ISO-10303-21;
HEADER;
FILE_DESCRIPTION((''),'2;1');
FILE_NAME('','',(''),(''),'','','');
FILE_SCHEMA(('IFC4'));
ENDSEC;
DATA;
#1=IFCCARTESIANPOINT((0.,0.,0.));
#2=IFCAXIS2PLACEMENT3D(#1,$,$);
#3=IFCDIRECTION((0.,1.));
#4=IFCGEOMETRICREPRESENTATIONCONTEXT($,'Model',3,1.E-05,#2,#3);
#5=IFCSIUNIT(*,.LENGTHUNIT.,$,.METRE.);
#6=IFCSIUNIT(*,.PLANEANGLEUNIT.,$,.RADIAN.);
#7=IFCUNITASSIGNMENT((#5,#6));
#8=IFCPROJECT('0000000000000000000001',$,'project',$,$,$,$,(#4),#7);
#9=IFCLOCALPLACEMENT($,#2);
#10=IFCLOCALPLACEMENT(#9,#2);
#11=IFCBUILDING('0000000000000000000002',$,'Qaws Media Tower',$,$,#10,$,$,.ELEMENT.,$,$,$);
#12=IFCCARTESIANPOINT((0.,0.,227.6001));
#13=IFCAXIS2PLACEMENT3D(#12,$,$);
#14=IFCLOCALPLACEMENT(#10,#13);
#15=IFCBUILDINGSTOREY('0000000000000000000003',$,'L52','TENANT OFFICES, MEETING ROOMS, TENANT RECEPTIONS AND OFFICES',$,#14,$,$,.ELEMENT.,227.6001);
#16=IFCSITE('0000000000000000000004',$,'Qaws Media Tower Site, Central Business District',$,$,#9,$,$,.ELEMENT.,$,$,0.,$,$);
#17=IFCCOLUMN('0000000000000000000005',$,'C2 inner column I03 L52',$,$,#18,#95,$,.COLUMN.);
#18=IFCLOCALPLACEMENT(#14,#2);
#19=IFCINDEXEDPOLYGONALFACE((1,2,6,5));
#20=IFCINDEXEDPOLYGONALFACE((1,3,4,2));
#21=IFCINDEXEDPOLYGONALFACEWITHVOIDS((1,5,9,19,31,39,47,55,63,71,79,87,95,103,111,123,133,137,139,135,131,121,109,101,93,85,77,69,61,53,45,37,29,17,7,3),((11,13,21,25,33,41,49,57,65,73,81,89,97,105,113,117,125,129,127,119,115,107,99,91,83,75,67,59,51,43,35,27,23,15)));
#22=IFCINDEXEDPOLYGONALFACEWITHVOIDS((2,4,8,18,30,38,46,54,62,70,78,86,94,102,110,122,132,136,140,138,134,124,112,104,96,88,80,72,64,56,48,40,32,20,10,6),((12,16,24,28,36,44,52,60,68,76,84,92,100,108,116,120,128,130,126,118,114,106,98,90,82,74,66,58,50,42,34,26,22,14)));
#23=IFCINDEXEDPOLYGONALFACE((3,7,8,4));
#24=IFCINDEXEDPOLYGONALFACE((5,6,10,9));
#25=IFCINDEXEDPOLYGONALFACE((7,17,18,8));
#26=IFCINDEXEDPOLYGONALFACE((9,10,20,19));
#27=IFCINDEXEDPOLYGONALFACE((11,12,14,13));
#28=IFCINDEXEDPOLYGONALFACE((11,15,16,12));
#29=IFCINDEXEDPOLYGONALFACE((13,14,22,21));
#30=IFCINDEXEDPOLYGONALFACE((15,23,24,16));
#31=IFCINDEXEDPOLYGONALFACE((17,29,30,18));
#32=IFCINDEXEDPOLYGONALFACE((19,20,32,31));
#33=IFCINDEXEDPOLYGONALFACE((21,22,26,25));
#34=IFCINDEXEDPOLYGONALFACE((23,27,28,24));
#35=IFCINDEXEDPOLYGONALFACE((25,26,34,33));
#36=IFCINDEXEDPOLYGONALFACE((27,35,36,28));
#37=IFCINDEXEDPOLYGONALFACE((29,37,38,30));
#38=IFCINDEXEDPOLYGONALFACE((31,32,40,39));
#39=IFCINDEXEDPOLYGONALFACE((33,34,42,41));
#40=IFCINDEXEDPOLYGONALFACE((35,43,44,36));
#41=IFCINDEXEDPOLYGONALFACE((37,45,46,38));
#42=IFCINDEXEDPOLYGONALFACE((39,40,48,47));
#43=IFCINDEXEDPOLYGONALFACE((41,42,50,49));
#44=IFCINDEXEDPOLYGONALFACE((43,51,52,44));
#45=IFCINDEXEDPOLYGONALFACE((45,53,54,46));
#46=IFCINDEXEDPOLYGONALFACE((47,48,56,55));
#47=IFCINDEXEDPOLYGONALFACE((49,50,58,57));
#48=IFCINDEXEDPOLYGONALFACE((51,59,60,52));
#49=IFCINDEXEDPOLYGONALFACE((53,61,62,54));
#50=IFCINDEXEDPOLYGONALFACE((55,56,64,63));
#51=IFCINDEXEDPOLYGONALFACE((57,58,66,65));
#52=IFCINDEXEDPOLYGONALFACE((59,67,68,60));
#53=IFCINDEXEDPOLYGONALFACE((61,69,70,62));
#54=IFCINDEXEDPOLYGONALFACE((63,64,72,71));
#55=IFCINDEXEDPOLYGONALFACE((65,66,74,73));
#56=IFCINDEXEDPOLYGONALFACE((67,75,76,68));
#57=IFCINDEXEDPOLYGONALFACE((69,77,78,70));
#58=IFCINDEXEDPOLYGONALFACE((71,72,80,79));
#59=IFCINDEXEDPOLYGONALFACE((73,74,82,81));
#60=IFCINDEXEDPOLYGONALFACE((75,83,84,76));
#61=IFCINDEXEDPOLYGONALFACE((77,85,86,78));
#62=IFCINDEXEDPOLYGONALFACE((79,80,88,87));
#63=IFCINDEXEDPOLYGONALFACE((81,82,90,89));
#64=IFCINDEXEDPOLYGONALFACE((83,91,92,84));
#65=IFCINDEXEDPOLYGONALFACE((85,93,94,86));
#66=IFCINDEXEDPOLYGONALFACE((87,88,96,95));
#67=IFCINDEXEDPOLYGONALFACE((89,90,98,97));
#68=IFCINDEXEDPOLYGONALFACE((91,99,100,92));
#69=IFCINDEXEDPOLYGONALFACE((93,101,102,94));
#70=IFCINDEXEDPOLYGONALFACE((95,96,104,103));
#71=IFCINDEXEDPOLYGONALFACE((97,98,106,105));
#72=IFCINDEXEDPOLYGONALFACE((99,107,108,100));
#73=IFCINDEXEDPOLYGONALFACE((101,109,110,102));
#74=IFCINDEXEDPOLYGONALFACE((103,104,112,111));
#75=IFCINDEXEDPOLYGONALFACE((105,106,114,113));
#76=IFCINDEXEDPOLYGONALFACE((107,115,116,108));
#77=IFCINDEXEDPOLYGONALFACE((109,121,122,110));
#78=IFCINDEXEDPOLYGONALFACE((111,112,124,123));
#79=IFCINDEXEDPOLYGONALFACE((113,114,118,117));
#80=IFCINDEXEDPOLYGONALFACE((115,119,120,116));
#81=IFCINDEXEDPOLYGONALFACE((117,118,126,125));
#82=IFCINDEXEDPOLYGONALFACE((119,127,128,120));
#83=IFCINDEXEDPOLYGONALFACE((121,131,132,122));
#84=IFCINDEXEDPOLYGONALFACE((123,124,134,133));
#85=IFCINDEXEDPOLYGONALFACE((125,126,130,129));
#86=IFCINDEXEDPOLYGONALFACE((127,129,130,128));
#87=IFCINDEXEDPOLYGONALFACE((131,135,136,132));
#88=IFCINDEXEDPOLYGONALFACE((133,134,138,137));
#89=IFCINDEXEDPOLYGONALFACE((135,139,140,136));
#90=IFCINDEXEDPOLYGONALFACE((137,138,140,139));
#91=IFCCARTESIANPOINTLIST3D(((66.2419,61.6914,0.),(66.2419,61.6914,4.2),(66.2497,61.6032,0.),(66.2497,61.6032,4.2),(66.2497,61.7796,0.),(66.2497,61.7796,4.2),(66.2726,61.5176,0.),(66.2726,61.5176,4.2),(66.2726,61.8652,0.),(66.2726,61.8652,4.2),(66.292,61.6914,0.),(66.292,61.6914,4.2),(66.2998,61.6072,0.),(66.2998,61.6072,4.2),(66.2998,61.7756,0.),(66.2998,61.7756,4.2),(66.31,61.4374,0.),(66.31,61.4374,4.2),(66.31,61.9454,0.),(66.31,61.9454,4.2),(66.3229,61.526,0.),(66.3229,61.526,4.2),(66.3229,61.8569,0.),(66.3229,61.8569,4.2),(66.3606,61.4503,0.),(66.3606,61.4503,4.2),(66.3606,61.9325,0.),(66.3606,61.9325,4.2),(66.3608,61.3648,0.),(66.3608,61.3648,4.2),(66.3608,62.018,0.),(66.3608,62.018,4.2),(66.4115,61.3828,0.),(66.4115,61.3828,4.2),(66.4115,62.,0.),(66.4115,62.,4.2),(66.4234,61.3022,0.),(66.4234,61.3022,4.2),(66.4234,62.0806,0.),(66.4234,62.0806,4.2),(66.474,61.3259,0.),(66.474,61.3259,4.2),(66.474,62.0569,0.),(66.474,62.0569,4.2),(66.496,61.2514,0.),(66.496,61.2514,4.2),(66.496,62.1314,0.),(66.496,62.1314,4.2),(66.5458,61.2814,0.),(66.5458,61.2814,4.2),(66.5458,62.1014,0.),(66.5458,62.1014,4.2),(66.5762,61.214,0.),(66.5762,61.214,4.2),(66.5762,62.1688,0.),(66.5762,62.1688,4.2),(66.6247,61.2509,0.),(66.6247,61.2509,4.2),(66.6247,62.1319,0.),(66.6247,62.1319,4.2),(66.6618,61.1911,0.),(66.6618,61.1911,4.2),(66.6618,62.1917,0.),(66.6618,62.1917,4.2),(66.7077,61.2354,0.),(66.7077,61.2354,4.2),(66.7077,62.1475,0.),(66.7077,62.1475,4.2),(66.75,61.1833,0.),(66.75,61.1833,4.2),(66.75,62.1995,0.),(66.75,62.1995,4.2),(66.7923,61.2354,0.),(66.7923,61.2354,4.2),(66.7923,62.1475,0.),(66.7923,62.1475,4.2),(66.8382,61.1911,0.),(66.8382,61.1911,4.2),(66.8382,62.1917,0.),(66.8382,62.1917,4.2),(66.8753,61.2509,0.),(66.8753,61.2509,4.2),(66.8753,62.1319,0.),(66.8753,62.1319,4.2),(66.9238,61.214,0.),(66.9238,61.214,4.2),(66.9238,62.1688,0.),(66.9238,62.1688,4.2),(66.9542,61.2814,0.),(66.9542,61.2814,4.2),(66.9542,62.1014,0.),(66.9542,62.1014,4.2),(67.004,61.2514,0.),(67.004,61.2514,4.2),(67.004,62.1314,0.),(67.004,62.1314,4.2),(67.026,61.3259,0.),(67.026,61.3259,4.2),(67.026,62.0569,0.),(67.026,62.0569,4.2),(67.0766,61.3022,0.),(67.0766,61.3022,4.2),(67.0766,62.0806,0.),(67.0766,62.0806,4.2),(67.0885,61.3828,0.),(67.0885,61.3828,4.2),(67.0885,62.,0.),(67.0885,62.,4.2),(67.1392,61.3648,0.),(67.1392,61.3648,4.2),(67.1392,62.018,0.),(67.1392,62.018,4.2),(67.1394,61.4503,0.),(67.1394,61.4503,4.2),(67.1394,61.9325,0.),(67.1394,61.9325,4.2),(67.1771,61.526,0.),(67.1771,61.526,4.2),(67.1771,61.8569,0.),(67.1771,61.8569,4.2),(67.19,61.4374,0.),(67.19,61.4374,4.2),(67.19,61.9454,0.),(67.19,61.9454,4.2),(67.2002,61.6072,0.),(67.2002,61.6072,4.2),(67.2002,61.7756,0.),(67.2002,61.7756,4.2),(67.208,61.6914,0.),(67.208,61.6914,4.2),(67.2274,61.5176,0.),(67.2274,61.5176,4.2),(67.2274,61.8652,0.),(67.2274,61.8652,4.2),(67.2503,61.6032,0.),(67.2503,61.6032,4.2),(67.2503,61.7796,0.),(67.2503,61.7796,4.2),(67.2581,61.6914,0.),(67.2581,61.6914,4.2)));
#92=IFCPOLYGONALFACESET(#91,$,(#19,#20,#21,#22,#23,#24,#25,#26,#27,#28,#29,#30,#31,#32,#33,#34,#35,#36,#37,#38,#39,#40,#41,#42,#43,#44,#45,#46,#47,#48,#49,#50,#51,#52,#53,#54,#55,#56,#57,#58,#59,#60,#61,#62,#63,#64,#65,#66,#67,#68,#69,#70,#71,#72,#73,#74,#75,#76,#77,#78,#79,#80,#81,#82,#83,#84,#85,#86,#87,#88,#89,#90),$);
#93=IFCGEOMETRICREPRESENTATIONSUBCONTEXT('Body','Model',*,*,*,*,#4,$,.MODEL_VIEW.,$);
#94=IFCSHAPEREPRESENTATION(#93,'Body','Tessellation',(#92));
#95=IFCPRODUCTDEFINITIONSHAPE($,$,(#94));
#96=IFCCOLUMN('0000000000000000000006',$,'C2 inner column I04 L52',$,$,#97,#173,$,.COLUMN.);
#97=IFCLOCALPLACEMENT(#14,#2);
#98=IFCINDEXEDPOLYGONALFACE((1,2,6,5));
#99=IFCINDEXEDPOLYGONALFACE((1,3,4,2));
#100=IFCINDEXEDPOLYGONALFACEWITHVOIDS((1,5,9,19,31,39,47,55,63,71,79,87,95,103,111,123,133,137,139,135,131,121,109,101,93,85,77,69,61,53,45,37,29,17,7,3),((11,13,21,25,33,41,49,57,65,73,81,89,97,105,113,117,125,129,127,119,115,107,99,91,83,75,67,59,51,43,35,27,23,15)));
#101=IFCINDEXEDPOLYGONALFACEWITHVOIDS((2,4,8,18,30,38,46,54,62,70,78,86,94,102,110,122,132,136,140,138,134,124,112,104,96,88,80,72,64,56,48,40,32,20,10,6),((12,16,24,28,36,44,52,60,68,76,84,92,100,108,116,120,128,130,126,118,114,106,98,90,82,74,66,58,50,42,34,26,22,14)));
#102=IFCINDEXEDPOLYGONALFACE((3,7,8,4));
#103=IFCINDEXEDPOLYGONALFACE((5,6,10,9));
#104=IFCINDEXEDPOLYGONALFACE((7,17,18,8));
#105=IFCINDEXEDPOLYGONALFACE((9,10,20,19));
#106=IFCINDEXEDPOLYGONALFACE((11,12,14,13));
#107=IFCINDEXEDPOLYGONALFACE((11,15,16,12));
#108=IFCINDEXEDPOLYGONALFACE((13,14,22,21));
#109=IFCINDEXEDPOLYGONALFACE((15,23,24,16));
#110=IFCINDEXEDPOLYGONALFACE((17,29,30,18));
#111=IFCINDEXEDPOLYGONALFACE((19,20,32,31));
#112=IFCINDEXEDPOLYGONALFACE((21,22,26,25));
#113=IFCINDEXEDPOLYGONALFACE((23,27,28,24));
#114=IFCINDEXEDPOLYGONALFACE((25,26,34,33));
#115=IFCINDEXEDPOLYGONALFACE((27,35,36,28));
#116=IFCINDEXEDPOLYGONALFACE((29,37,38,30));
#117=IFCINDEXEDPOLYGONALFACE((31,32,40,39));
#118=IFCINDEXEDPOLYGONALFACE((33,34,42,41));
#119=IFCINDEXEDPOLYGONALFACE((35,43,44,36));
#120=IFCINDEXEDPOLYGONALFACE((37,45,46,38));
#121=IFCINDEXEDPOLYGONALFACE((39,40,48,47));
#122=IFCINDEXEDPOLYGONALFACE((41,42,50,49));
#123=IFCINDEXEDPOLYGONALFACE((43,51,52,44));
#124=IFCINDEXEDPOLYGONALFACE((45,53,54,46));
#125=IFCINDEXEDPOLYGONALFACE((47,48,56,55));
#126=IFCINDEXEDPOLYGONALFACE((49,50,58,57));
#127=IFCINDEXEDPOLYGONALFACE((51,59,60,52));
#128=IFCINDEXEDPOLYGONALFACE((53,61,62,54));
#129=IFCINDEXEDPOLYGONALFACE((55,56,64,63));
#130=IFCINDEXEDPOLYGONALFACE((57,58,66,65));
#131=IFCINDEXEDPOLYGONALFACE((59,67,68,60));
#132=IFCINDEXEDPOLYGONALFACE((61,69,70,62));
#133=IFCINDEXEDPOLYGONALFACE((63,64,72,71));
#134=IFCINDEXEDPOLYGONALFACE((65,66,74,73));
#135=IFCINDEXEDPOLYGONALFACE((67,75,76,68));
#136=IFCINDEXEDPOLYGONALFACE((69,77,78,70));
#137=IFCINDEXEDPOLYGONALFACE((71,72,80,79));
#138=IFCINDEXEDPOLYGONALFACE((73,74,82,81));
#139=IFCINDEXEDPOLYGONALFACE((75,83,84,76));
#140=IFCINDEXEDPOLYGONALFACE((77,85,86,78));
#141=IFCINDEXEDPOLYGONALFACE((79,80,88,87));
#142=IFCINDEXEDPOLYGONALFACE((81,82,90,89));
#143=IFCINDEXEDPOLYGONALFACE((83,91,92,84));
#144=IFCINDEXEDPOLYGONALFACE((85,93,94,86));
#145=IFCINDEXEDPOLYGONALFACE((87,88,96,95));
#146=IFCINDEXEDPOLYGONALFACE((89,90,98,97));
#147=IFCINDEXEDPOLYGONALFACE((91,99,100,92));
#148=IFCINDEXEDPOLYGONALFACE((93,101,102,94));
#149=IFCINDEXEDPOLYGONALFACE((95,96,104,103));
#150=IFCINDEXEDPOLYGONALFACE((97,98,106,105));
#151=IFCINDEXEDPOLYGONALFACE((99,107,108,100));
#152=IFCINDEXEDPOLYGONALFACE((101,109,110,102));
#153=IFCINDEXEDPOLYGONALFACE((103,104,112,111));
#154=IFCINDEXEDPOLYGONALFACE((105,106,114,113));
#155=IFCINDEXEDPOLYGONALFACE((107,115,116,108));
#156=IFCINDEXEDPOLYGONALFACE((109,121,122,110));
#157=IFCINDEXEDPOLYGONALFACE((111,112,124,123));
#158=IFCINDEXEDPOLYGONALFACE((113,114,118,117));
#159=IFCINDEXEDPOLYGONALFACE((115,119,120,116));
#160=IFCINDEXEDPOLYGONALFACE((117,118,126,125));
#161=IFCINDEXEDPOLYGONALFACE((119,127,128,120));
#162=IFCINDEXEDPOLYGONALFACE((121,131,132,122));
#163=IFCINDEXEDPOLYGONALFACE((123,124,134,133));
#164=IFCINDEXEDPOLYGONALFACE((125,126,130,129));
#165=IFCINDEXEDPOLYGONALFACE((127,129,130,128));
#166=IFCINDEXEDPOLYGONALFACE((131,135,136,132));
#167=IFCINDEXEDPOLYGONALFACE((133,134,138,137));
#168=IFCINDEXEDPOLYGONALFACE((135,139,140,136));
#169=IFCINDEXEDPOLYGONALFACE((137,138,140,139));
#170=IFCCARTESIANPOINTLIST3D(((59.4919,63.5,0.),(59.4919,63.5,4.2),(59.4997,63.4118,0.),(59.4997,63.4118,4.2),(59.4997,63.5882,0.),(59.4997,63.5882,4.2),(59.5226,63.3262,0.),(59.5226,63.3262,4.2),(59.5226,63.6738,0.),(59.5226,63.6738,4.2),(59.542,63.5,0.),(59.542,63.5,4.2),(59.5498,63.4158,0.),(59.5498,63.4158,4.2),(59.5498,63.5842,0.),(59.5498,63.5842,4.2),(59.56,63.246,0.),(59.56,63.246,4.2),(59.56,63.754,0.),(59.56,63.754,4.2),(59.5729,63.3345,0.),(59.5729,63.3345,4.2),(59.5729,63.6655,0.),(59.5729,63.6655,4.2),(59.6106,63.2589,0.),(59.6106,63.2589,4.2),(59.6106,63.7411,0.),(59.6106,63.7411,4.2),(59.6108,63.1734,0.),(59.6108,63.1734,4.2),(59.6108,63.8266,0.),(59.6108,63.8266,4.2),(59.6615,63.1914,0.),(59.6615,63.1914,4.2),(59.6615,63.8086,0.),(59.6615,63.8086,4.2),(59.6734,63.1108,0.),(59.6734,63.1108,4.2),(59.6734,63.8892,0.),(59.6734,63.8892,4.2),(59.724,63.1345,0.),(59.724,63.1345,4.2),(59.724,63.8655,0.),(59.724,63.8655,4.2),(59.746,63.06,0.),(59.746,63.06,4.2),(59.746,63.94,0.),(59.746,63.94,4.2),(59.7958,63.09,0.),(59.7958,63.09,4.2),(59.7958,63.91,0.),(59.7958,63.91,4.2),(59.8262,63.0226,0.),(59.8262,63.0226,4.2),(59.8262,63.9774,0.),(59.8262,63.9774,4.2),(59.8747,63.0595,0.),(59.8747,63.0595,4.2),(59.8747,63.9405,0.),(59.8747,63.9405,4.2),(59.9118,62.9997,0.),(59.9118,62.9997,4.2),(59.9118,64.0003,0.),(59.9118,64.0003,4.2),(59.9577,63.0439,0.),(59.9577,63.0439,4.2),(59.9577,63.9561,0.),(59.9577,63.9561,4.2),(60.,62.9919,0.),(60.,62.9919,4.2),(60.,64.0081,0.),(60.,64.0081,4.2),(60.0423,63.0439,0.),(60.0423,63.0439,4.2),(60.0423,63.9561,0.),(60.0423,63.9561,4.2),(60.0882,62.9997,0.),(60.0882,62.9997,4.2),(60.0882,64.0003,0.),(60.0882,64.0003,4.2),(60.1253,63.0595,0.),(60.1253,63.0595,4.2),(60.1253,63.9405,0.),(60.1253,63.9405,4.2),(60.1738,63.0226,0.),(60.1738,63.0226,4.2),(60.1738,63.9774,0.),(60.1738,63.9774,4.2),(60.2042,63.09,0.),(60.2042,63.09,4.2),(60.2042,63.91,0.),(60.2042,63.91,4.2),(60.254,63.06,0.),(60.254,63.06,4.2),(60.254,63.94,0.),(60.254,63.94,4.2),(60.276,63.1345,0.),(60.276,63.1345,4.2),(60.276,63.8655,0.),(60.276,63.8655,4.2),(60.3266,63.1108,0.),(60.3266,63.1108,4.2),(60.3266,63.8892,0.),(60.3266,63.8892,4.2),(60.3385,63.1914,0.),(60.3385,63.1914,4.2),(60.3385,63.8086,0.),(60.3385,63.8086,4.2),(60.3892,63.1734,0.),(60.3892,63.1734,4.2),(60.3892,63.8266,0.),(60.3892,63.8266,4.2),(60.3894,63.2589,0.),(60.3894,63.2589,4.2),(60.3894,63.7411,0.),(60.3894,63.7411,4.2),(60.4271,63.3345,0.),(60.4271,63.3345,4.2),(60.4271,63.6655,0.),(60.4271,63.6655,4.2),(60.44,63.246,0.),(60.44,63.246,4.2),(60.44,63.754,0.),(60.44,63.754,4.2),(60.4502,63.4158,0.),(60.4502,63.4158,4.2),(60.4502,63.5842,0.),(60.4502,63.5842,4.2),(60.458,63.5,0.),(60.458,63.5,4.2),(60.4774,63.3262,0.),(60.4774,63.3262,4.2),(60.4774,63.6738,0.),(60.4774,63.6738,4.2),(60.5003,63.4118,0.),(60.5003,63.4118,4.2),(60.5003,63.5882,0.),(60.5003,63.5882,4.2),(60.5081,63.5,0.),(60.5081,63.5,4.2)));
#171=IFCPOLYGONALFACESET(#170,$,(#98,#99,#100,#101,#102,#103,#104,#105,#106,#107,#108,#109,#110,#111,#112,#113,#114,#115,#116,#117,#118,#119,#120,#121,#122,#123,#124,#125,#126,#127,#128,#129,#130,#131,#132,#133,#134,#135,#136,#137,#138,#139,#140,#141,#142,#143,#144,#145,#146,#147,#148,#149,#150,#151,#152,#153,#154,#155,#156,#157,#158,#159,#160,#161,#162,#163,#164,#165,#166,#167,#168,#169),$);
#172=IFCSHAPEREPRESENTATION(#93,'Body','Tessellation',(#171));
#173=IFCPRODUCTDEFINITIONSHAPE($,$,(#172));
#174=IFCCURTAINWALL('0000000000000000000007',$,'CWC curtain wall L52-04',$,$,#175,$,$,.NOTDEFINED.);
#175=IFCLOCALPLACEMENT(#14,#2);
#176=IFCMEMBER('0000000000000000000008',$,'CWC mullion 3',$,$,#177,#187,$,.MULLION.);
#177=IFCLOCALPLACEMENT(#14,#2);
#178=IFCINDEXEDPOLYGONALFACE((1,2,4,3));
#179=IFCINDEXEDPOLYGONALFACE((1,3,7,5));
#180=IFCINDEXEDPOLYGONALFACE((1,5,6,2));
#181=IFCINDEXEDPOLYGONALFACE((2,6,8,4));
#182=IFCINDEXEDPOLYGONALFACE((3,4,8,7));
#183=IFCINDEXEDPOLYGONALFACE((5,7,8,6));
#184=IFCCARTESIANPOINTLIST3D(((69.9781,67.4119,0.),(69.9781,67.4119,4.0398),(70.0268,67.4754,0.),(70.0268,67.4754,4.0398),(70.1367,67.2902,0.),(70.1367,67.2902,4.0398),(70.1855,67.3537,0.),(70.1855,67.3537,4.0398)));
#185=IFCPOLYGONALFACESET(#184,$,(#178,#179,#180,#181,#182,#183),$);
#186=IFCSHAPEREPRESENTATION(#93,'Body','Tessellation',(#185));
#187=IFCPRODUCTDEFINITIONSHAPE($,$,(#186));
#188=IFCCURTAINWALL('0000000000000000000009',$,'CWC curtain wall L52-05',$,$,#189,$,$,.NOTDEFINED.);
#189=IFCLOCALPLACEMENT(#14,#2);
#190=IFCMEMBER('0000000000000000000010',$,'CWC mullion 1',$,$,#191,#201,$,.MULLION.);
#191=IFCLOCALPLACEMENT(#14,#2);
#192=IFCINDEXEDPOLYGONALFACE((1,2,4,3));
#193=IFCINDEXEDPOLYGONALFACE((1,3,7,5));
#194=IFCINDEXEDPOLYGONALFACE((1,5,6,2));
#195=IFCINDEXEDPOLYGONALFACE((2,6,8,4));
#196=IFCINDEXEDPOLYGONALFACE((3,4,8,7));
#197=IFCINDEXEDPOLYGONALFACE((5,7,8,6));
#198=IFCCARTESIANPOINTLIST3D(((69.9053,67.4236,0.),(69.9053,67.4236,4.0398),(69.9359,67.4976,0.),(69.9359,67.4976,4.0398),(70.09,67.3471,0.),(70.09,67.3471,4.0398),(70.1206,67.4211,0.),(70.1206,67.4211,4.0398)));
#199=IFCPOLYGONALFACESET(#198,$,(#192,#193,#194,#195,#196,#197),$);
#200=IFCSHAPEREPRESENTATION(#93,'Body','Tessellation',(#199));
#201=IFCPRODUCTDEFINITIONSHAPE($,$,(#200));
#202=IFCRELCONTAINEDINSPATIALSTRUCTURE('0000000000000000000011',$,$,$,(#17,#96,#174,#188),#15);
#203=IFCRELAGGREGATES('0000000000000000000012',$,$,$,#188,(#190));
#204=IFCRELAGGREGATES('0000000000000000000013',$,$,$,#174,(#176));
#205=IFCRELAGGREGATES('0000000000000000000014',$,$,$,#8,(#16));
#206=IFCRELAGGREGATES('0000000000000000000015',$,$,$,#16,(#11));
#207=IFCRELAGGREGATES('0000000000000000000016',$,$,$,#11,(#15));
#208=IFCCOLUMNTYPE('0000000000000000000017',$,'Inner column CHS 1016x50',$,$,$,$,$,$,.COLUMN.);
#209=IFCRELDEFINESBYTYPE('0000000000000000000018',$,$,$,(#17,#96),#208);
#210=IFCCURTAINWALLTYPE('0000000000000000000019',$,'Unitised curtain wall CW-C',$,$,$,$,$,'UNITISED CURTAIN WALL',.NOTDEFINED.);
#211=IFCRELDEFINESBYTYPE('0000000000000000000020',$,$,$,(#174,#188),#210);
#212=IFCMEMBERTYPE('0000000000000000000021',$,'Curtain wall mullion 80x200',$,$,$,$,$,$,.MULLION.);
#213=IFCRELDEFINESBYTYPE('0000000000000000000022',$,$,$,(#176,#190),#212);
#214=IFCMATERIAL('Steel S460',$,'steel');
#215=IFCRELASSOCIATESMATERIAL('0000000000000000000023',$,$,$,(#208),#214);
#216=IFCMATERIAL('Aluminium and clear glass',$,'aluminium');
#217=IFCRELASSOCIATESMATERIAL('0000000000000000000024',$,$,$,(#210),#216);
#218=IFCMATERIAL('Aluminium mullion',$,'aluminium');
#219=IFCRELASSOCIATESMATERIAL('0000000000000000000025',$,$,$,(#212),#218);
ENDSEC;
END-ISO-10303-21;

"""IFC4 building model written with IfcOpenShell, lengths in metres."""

from ifc_helpers import new_model, si_unit, direction, frame, origin, origin_2d, place, context, subcontext, project, spatial, rectangle, hollow_circle, extrude, material, material_profile, profile_set, type_object, element, aggregate, save


model = new_model("IFC4")

# Units and contexts
model_context = context("Model", 3, precision=1e-05, world=origin(), true_north=direction((0.0, 1.0)))
body_context = subcontext(model_context, "Body", "Model", "MODEL_VIEW")
ifc_project = project(units=[si_unit("LENGTHUNIT", "METRE"), si_unit("PLANEANGLEUNIT", "RADIAN")], contexts=[model_context])

# Site, building, storey
site_placement = place(None, origin())
site = spatial("IfcSite", under=ifc_project, at=site_placement, Name="Qaws Media Tower Site, Central Business District", CompositionType="ELEMENT", RefElevation=0.0)
building_placement = place(site_placement, origin())
building = spatial("IfcBuilding", under=site, at=building_placement, Name="Qaws Media Tower", CompositionType="ELEMENT")
storey_placement = place(building_placement, frame((0.0, 0.0, 227.6001)))
storey = spatial("IfcBuildingStorey", under=building, at=storey_placement, Name="L52", Description="TENANT OFFICES, MEETING ROOMS, TENANT RECEPTIONS AND OFFICES", CompositionType="ELEMENT", Elevation=227.6001)

# Columns
ifc_material_1 = material(Name="Steel S460", Category="steel")
ifc_material_profile_1 = material_profile(ifc_material_1, hollow_circle(Radius=0.5081, WallThickness=0.05, at=origin_2d()), Name="CHS 1016x50")
ifc_profile_set_1 = profile_set([ifc_material_profile_1], Name="Steel S460")
column_type = type_object("IfcColumnType", Name="Inner column CHS 1016x50", PredefinedType="COLUMN", material=ifc_profile_set_1)
for number, where, z_axis, x_axis, name in (
    (1, (66.75, 61.6914, 0.0), (0.0, 0.0, 1.0), (1.0, 0.0, 0.0), "C2 inner column I03 L52"),
    (2, (60.0, 63.5, 0.0), (0.0, 0.0, 1.0), (1.0, 0.0, 0.0), "C2 inner column I04 L52"),
):
    element("IfcColumn", number, at=place(storey_placement, frame(where, z_axis=z_axis, x_axis=x_axis)), inside=storey, type_object=column_type, Name=name, PredefinedType="COLUMN", context=body_context, shape_type="SweptSolid", body=[
        extrude(hollow_circle(Radius=0.5081, WallThickness=0.05, at=origin_2d()), origin(), (0.0, 0.0, 1.0), 4.2),
    ])

# Curtain walls, members
ifc_material_2 = material(Name="Aluminium and clear glass", Category="aluminium")
curtain_wall_type = type_object("IfcCurtainWallType", Name="Unitised curtain wall CW-C", ElementType="UNITISED CURTAIN WALL", PredefinedType="NOTDEFINED", material=ifc_material_2)
curtain_wall_1_placement = place(storey_placement, origin())
curtain_wall_1 = element("IfcCurtainWall", 3, at=curtain_wall_1_placement, inside=storey, type_object=curtain_wall_type, Name="CWC curtain wall L52-04", PredefinedType="NOTDEFINED")
ifc_material_3 = material(Name="Aluminium mullion", Category="aluminium")
ifc_material_profile_2 = material_profile(ifc_material_3, rectangle(XDim=0.0801, YDim=0.2, at=origin_2d()), Name="80x200")
ifc_profile_set_2 = profile_set([ifc_material_profile_2], Name="Aluminium mullion")
member_type = type_object("IfcMemberType", Name="Curtain wall mullion 80x200", PredefinedType="MULLION", material=ifc_profile_set_2)
member_1_placement = place(storey_placement, frame((70.0818, 67.3828, 0.0), z_axis=(0.0, 0.0, 1.0), x_axis=(-0.608762, -0.793353, 0.0)))
member_1 = element("IfcMember", 4, at=member_1_placement, type_object=member_type, Name="CWC mullion 3", PredefinedType="MULLION", context=body_context, shape_type="SweptSolid", body=[
    extrude(rectangle(XDim=0.0801, YDim=0.2, at=origin_2d()), origin(), (0.0, 0.0, 1.0), 4.0398),
])
curtain_wall_2_placement = place(storey_placement, origin())
curtain_wall_2 = element("IfcCurtainWall", 5, at=curtain_wall_2_placement, inside=storey, type_object=curtain_wall_type, Name="CWC curtain wall L52-05", PredefinedType="NOTDEFINED")
member_2_placement = place(storey_placement, frame((70.0129, 67.4224, 0.0), z_axis=(0.0, 0.0, 1.0), x_axis=(-0.382683, -0.92388, 0.0)))
member_2 = element("IfcMember", 6, at=member_2_placement, type_object=member_type, Name="CWC mullion 1", PredefinedType="MULLION", context=body_context, shape_type="SweptSolid", body=[
    extrude(rectangle(XDim=0.0801, YDim=0.2, at=origin_2d()), origin(), (0.0, 0.0, 1.0), 4.0398),
])
aggregate(curtain_wall_2, [member_2])

aggregate(curtain_wall_1, [member_1])

save(model, "model.ifc")
